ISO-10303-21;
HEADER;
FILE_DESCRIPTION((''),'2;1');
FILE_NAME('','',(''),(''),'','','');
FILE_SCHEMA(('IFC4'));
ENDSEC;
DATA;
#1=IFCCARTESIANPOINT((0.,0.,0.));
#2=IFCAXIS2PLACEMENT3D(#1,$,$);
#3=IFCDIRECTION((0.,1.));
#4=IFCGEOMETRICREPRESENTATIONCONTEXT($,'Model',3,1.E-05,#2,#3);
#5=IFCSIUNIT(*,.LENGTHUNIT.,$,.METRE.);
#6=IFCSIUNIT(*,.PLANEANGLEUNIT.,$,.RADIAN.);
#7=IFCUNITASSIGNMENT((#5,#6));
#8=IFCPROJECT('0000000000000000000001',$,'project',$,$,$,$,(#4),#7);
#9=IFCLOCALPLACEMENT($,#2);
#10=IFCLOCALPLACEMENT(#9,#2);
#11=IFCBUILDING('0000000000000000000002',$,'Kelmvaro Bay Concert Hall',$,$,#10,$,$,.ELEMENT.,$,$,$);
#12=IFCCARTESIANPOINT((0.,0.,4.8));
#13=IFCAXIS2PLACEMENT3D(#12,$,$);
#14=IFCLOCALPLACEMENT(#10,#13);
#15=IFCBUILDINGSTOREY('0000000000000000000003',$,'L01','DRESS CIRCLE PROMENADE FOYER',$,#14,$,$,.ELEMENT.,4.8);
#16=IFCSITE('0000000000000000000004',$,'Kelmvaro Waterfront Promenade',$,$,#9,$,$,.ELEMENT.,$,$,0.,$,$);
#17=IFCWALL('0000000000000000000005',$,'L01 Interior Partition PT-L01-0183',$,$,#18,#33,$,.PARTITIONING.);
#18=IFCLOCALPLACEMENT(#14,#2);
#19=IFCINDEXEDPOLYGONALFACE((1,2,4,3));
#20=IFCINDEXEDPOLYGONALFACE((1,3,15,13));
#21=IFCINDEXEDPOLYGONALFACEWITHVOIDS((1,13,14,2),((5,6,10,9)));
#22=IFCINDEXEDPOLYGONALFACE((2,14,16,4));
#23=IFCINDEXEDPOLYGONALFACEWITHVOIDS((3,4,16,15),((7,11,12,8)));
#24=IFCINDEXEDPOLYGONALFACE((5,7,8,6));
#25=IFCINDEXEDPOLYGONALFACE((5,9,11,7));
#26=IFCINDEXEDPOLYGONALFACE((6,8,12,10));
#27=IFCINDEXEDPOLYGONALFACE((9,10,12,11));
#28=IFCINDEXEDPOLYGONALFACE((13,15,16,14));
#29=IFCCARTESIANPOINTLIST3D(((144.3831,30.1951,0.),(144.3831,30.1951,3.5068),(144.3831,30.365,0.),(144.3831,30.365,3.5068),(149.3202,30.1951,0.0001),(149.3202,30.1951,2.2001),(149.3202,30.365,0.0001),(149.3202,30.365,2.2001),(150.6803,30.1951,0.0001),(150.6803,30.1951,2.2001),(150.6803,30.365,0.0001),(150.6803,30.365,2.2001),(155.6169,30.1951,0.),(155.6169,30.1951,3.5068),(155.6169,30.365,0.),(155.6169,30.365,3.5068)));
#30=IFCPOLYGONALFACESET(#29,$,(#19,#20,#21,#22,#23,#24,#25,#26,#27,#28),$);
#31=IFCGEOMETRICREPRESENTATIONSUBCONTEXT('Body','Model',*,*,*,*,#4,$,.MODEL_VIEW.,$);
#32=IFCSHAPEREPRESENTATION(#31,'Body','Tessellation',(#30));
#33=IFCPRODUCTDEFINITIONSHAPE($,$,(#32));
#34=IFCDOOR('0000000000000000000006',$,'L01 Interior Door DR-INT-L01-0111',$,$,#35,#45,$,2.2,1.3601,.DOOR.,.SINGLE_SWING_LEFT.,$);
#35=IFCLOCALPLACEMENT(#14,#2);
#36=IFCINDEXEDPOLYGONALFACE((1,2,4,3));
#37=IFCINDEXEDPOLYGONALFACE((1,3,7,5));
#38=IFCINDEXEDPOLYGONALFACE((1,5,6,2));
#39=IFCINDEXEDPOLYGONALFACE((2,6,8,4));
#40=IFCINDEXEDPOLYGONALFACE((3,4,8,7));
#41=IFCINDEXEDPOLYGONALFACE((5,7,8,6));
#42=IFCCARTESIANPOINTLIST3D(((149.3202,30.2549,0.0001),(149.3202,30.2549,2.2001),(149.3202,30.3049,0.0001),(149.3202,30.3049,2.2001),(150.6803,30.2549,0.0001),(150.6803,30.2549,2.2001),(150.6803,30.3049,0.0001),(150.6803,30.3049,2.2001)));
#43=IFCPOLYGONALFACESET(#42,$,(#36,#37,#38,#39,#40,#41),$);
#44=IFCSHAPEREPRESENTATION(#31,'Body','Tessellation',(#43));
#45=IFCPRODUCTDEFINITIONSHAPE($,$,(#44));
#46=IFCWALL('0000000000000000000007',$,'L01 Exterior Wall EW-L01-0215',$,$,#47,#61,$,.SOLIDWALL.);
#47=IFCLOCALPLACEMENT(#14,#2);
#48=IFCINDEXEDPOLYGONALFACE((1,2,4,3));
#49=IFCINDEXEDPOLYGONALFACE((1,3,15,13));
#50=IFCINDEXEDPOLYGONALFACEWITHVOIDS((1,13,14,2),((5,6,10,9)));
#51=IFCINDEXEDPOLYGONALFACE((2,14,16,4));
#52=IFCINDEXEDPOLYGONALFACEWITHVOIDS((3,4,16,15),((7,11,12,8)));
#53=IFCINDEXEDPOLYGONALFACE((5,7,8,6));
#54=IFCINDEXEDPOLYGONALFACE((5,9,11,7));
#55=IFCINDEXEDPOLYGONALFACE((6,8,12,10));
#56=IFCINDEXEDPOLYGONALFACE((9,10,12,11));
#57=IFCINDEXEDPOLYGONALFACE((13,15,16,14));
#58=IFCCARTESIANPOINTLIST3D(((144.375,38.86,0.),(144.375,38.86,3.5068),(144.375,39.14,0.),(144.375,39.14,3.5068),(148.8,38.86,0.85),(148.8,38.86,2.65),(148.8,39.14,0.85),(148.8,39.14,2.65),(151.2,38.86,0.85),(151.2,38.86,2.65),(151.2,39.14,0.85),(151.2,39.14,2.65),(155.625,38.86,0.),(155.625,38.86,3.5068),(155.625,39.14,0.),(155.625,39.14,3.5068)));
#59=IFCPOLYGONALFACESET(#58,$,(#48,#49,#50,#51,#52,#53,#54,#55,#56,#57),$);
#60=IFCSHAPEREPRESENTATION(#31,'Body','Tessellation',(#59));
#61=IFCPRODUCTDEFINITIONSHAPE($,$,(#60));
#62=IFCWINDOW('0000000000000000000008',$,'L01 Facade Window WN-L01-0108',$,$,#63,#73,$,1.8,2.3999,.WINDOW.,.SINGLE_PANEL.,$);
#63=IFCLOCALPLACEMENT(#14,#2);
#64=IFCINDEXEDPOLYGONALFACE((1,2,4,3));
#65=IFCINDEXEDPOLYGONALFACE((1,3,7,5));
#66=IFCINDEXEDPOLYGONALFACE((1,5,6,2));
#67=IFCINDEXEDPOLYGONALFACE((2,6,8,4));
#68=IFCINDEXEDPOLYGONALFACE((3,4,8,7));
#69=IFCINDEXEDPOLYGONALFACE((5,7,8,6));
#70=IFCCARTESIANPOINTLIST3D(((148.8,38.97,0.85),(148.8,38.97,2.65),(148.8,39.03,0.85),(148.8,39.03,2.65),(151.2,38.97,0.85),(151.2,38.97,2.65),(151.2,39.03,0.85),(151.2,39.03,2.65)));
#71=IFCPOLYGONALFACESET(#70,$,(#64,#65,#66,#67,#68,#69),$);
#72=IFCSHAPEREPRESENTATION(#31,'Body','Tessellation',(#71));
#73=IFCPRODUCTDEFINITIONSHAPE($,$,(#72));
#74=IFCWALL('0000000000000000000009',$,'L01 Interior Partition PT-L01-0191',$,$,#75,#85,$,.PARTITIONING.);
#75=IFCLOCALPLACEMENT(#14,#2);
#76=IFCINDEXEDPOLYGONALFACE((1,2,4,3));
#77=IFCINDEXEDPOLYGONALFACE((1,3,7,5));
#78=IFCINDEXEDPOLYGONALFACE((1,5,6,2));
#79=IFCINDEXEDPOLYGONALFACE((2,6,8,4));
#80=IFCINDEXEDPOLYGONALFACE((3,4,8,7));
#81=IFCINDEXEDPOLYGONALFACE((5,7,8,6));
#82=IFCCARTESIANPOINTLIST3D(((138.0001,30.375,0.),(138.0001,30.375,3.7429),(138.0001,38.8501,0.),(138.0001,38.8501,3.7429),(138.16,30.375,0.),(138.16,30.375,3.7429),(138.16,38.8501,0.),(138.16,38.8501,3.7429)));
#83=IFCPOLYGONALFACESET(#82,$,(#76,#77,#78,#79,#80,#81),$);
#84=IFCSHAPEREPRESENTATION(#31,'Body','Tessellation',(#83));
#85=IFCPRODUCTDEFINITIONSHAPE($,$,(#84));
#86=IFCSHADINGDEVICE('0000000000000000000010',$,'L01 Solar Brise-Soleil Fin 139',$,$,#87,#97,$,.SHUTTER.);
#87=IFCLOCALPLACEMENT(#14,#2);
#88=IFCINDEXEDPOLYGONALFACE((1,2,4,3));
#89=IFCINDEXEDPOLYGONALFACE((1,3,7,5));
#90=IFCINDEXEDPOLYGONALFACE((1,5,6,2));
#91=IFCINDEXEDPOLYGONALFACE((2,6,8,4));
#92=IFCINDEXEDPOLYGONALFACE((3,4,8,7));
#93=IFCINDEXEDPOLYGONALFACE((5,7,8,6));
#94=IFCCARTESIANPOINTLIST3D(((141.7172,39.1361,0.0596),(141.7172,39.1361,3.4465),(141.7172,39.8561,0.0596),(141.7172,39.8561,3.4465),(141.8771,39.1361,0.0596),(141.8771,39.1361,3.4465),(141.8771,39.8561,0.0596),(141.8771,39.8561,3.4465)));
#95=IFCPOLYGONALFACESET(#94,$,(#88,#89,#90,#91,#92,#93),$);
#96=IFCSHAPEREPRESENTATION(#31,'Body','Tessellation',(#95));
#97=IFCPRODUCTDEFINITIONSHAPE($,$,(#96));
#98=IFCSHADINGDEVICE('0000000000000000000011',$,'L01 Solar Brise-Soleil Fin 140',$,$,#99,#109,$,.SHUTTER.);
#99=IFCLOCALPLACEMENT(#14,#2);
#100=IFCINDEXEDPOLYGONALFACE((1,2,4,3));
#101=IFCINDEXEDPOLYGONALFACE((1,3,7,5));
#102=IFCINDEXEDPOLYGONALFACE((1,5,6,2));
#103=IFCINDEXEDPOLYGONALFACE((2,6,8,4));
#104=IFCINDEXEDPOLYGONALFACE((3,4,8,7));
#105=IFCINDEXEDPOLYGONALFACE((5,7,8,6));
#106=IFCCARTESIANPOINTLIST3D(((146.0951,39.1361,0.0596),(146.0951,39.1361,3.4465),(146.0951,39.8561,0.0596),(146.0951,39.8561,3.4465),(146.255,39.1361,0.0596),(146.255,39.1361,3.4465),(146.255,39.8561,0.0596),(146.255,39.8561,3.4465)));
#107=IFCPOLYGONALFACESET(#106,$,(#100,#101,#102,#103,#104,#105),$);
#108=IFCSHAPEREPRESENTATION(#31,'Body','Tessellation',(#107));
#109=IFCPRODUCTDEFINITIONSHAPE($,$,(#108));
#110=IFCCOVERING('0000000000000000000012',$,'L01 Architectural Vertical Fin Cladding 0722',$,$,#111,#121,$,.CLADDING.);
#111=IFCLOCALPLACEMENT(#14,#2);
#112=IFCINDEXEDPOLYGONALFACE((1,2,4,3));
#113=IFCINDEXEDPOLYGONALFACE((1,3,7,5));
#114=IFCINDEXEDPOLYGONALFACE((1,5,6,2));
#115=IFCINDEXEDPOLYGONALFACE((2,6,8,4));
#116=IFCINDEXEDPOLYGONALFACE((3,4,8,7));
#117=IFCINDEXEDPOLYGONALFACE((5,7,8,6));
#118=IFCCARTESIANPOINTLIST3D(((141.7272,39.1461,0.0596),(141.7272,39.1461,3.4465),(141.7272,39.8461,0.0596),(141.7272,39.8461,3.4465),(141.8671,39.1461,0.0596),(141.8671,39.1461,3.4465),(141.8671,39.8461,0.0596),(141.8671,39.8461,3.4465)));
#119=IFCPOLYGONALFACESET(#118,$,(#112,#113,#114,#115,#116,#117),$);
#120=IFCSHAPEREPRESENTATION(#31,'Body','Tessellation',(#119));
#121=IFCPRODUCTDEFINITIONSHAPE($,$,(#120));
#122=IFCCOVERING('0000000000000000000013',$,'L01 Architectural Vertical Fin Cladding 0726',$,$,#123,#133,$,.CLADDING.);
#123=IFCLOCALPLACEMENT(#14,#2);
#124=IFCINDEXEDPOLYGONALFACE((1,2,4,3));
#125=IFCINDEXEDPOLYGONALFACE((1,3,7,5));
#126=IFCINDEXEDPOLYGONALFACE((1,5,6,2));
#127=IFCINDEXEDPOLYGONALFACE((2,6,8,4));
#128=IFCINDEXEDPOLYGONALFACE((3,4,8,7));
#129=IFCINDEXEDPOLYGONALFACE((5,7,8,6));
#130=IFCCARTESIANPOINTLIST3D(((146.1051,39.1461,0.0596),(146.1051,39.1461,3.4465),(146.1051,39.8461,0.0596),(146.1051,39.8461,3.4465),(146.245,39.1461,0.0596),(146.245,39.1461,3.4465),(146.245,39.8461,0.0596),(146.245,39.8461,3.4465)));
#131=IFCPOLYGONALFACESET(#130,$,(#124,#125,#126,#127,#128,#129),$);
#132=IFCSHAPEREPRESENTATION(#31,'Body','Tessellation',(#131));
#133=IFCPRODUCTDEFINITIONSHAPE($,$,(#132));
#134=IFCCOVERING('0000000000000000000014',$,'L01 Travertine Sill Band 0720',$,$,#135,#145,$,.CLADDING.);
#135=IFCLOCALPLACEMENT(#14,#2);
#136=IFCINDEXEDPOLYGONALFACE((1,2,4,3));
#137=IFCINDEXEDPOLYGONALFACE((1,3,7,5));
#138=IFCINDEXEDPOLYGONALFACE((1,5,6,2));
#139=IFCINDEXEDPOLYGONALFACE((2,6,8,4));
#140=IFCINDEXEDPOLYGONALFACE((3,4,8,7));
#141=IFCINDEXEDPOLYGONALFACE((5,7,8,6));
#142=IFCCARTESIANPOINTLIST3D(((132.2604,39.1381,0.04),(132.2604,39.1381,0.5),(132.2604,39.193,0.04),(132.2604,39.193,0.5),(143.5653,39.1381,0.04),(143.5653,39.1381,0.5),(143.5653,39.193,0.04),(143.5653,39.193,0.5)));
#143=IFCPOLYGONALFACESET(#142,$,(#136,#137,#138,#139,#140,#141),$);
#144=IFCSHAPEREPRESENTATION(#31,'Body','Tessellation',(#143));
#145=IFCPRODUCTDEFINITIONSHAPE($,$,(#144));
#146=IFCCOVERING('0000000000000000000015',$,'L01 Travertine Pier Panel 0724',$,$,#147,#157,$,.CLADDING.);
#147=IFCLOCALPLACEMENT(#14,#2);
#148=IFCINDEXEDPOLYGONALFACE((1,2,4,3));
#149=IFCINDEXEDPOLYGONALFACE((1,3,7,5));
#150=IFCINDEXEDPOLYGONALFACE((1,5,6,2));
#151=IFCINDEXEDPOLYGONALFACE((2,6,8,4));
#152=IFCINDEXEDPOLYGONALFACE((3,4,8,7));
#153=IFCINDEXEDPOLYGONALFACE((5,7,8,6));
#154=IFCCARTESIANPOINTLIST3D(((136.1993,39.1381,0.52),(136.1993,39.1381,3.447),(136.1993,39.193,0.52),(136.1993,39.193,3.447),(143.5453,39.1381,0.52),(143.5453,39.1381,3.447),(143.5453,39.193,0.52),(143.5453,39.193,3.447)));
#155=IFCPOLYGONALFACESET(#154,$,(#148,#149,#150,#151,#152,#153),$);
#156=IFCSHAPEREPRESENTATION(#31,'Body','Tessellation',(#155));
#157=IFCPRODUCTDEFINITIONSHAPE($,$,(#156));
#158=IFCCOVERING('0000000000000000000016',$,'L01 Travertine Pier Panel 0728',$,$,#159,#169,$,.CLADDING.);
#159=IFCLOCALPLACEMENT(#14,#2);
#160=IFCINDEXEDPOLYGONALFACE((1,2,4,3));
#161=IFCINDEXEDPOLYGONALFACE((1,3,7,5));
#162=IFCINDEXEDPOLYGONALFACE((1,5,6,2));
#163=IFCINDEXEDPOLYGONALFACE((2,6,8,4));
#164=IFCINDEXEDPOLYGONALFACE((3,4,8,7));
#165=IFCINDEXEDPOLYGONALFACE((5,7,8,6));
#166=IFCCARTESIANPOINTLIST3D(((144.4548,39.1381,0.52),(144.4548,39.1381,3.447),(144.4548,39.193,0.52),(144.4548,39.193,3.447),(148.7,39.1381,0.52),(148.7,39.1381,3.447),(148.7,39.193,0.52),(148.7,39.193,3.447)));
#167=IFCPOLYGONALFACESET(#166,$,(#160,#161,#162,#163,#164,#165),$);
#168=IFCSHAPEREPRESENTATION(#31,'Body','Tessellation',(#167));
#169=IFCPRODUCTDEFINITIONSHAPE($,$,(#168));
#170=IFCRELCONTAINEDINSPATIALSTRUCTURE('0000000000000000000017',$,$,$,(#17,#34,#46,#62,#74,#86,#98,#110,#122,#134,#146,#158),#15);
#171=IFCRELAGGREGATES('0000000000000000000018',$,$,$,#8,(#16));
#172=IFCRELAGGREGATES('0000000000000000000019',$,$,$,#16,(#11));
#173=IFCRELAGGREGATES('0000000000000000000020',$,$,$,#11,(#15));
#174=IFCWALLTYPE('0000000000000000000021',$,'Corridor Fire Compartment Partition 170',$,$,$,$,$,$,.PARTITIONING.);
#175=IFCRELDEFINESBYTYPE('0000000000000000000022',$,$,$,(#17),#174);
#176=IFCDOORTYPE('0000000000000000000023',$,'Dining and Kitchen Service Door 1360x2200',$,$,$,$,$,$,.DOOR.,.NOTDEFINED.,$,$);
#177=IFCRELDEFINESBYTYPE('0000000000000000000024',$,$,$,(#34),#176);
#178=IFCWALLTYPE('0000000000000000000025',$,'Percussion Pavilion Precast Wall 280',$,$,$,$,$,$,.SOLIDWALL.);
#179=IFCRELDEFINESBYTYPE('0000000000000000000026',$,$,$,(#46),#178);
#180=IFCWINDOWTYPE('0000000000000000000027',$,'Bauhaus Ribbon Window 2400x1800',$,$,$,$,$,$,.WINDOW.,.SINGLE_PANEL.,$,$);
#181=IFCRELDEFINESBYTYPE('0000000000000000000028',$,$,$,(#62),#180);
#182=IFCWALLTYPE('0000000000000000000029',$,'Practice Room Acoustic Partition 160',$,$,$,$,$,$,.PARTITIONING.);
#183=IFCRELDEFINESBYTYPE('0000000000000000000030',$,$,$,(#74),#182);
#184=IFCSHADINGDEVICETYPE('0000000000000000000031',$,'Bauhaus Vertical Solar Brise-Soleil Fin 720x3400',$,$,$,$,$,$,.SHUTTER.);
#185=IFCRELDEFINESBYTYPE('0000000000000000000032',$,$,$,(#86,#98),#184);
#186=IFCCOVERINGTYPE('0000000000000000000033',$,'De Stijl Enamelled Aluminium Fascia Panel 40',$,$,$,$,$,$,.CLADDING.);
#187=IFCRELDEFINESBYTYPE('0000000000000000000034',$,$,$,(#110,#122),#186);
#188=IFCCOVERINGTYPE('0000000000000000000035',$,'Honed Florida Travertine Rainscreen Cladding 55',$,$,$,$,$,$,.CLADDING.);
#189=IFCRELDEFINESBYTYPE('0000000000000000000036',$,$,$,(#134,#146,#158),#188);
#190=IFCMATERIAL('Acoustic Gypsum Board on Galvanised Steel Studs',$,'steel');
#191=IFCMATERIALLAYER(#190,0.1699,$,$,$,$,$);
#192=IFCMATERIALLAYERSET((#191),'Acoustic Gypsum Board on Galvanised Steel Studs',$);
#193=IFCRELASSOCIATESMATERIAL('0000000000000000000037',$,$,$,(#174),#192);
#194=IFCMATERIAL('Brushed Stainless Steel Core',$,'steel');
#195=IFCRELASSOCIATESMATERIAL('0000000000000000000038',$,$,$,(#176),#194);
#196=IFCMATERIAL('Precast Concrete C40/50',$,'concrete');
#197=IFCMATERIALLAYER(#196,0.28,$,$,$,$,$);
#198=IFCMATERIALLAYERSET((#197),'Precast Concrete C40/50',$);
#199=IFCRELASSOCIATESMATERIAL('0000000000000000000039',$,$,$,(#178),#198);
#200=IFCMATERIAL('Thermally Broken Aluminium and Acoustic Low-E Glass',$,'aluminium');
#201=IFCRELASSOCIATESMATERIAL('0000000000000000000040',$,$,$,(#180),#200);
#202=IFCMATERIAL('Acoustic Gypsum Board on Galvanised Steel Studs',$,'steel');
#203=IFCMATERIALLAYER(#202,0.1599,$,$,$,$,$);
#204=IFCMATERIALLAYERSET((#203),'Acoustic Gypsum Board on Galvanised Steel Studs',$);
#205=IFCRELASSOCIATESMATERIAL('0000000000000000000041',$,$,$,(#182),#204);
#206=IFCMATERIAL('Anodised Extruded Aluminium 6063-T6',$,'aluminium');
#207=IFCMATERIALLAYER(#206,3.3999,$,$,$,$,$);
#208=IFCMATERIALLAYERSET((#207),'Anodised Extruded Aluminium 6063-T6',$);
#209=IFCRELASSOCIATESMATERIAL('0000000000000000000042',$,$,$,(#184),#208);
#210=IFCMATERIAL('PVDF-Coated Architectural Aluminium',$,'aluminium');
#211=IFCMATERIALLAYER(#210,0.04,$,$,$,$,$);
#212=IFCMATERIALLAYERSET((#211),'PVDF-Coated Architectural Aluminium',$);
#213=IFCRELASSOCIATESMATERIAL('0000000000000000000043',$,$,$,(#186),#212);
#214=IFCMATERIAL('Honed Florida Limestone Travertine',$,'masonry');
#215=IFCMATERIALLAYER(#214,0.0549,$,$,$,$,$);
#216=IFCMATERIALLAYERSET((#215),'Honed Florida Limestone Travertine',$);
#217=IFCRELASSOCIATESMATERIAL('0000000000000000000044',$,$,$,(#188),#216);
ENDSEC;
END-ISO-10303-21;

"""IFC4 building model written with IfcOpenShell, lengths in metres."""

from ifc_helpers import new_model, si_unit, direction, frame, frame_2d, origin, origin_2d, place, context, subcontext, project, spatial, rectangle, extrude, material, layer, layer_set, type_object, element, fill, save


model = new_model("IFC4")

# Units and contexts
model_context = context("Model", 3, precision=1e-05, world=origin(), true_north=direction((0.0, 1.0)))
body_context = subcontext(model_context, "Body", "Model", "MODEL_VIEW")
ifc_project = project(units=[si_unit("LENGTHUNIT", "METRE"), si_unit("PLANEANGLEUNIT", "RADIAN")], contexts=[model_context])

# Site, building, storey
site_placement = place(None, origin())
site = spatial("IfcSite", under=ifc_project, at=site_placement, Name="Kelmvaro Waterfront Promenade", CompositionType="ELEMENT", RefElevation=0.0)
building_placement = place(site_placement, origin())
building = spatial("IfcBuilding", under=site, at=building_placement, Name="Kelmvaro Bay Concert Hall", CompositionType="ELEMENT")
storey_placement = place(building_placement, frame((0.0, 0.0, 4.8)))
storey = spatial("IfcBuildingStorey", under=building, at=storey_placement, Name="L01", Description="DRESS CIRCLE PROMENADE FOYER", CompositionType="ELEMENT", Elevation=4.8)

# Shared definitions
ifc_material_1 = material(Name="Acoustic Gypsum Board on Galvanised Steel Studs", Category="steel")
ifc_layer_1 = layer(ifc_material_1, 0.1699)
ifc_layer_set_1 = layer_set([ifc_layer_1], Name="Acoustic Gypsum Board on Galvanised Steel Studs")
wall_type_1 = type_object("IfcWallType", Name="Corridor Fire Compartment Partition 170", PredefinedType="PARTITIONING", material=ifc_layer_set_1)

# Wall, opening, door
wall_1_placement = place(storey_placement, frame((144.3831, 30.28, 0.0), z_axis=(0.0, 0.0, 1.0), x_axis=(1.0, 0.0, 0.0)))
wall_1 = element("IfcWall", 1, at=wall_1_placement, inside=storey, type_object=wall_type_1, Name="L01 Interior Partition PT-L01-0183", PredefinedType="PARTITIONING", context=body_context, shape_type="SweptSolid", body=[
    extrude(rectangle(XDim=11.2339, YDim=0.1699, at=frame_2d((5.6169, 0.0))), origin(), (0.0, 0.0, 1.0), 3.5068),
])
opening_1_placement = place(wall_1_placement, frame((4.937, 0.0, 0.0)))
opening_1 = element("IfcOpeningElement", 2, at=opening_1_placement, cuts=wall_1, PredefinedType="OPENING", context=body_context, shape_type="SweptSolid", body=[
    extrude(rectangle(XDim=1.3601, YDim=2.2, at=frame_2d((0.6802, 1.1001))), frame((0.0, 0.095, 0.0), z_axis=(0.0, -1.0, 0.0), x_axis=(1.0, 0.0, 0.0)), (0.0, 0.0, 1.0), 0.1899),
])
ifc_material_2 = material(Name="Brushed Stainless Steel Core", Category="steel")
door_type = type_object("IfcDoorType", Name="Dining and Kitchen Service Door 1360x2200", OperationType="NOTDEFINED", PredefinedType="DOOR", material=ifc_material_2)
door_placement = place(opening_1_placement, origin())
door = element("IfcDoor", 3, at=door_placement, inside=storey, type_object=door_type, Name="L01 Interior Door DR-INT-L01-0111", OperationType="SINGLE_SWING_LEFT", OverallHeight=2.2, OverallWidth=1.3601, PredefinedType="DOOR", context=body_context, shape_type="SweptSolid", body=[
    extrude(rectangle(XDim=1.3601, YDim=2.2, at=frame_2d((0.6802, 1.1001))), frame((0.0, 0.0249, 0.0), z_axis=(0.0, -1.0, 0.0), x_axis=(1.0, 0.0, 0.0)), (0.0, 0.0, 1.0), 0.05),
])
fill(opening_1, door)

# Wall, opening, window
ifc_material_3 = material(Name="Precast Concrete C40/50", Category="concrete")
ifc_layer_2 = layer(ifc_material_3, 0.28)
ifc_layer_set_2 = layer_set([ifc_layer_2], Name="Precast Concrete C40/50")
wall_type_2 = type_object("IfcWallType", Name="Percussion Pavilion Precast Wall 280", PredefinedType="SOLIDWALL", material=ifc_layer_set_2)
wall_2_placement = place(storey_placement, frame((144.375, 39.0, 0.0), z_axis=(0.0, 0.0, 1.0), x_axis=(1.0, 0.0, 0.0)))
wall_2 = element("IfcWall", 4, at=wall_2_placement, inside=storey, type_object=wall_type_2, Name="L01 Exterior Wall EW-L01-0215", PredefinedType="SOLIDWALL", context=body_context, shape_type="SweptSolid", body=[
    extrude(rectangle(XDim=11.25, YDim=0.28, at=frame_2d((5.625, 0.0))), origin(), (0.0, 0.0, 1.0), 3.5068),
])
opening_2_placement = place(wall_2_placement, frame((4.425, 0.0, 0.8501)))
opening_2 = element("IfcOpeningElement", 5, at=opening_2_placement, cuts=wall_2, PredefinedType="OPENING", context=body_context, shape_type="SweptSolid", body=[
    extrude(rectangle(XDim=2.3999, YDim=1.8, at=frame_2d((1.2, 0.8999))), frame((0.0, 0.1499, 0.0), z_axis=(0.0, -1.0, 0.0), x_axis=(1.0, 0.0, 0.0)), (0.0, 0.0, 1.0), 0.3),
])
ifc_material_4 = material(Name="Thermally Broken Aluminium and Acoustic Low-E Glass", Category="aluminium")
window_type = type_object("IfcWindowType", Name="Bauhaus Ribbon Window 2400x1800", PartitioningType="SINGLE_PANEL", PredefinedType="WINDOW", material=ifc_material_4)
window_placement = place(opening_2_placement, origin())
window = element("IfcWindow", 6, at=window_placement, inside=storey, type_object=window_type, Name="L01 Facade Window WN-L01-0108", OverallHeight=1.8, OverallWidth=2.3999, PartitioningType="SINGLE_PANEL", PredefinedType="WINDOW", context=body_context, shape_type="SweptSolid", body=[
    extrude(rectangle(XDim=2.3999, YDim=1.8, at=frame_2d((1.2, 0.8999))), frame((0.0, 0.03, 0.0), z_axis=(0.0, -1.0, 0.0), x_axis=(1.0, 0.0, 0.0)), (0.0, 0.0, 1.0), 0.0601),
])
fill(opening_2, window)

# Wall
ifc_material_5 = material(Name="Acoustic Gypsum Board on Galvanised Steel Studs", Category="steel")
ifc_layer_3 = layer(ifc_material_5, 0.1599)
ifc_layer_set_3 = layer_set([ifc_layer_3], Name="Acoustic Gypsum Board on Galvanised Steel Studs")
wall_type_3 = type_object("IfcWallType", Name="Practice Room Acoustic Partition 160", PredefinedType="PARTITIONING", material=ifc_layer_set_3)
wall_3_placement = place(storey_placement, frame((138.0801, 30.375, 0.0), z_axis=(0.0, 0.0, 1.0), x_axis=(0.0, 1.0, 0.0)))
element("IfcWall", 7, at=wall_3_placement, inside=storey, type_object=wall_type_3, Name="L01 Interior Partition PT-L01-0191", PredefinedType="PARTITIONING", context=body_context, shape_type="SweptSolid", body=[
    extrude(rectangle(XDim=8.4751, YDim=0.1599, at=frame_2d((4.2375, 0.0))), origin(), (0.0, 0.0, 1.0), 3.7429),
])

# Shading devices
ifc_material_6 = material(Name="Anodised Extruded Aluminium 6063-T6", Category="aluminium")
ifc_layer_4 = layer(ifc_material_6, 3.3999)
ifc_layer_set_4 = layer_set([ifc_layer_4], Name="Anodised Extruded Aluminium 6063-T6")
shading_device_type = type_object("IfcShadingDeviceType", Name="Bauhaus Vertical Solar Brise-Soleil Fin 720x3400", PredefinedType="SHUTTER", material=ifc_layer_set_4)
for number, where, z_axis, x_axis, name in (
    (8, (141.7971, 39.4961, 0.0596), (0.0, 0.0, 1.0), (1.0, 0.0, 0.0), "L01 Solar Brise-Soleil Fin 139"),
    (9, (146.175, 39.4961, 0.0596), (0.0, 0.0, 1.0), (1.0, 0.0, 0.0), "L01 Solar Brise-Soleil Fin 140"),
):
    element("IfcShadingDevice", number, at=place(storey_placement, frame(where, z_axis=z_axis, x_axis=x_axis)), inside=storey, type_object=shading_device_type, Name=name, PredefinedType="SHUTTER", context=body_context, shape_type="SweptSolid", body=[
        extrude(rectangle(XDim=0.1599, YDim=0.72, at=origin_2d()), origin(), (0.0, 0.0, 1.0), 3.387),
    ])

# Coverings
ifc_material_7 = material(Name="PVDF-Coated Architectural Aluminium", Category="aluminium")
ifc_layer_5 = layer(ifc_material_7, 0.04)
ifc_layer_set_5 = layer_set([ifc_layer_5], Name="PVDF-Coated Architectural Aluminium")
covering_type_1 = type_object("IfcCoveringType", Name="De Stijl Enamelled Aluminium Fascia Panel 40", PredefinedType="CLADDING", material=ifc_layer_set_5)
for number, where, z_axis, x_axis, name in (
    (10, (141.7971, 39.4961, 0.0596), (0.0, 0.0, 1.0), (1.0, 0.0, 0.0), "L01 Architectural Vertical Fin Cladding 0722"),
    (11, (146.175, 39.4961, 0.0596), (0.0, 0.0, 1.0), (1.0, 0.0, 0.0), "L01 Architectural Vertical Fin Cladding 0726"),
):
    element("IfcCovering", number, at=place(storey_placement, frame(where, z_axis=z_axis, x_axis=x_axis)), inside=storey, type_object=covering_type_1, Name=name, PredefinedType="CLADDING", context=body_context, shape_type="SweptSolid", body=[
        extrude(rectangle(XDim=0.1399, YDim=0.7, at=origin_2d()), origin(), (0.0, 0.0, 1.0), 3.387),
    ])
ifc_material_8 = material(Name="Honed Florida Limestone Travertine", Category="masonry")
ifc_layer_6 = layer(ifc_material_8, 0.0549)
ifc_layer_set_6 = layer_set([ifc_layer_6], Name="Honed Florida Limestone Travertine")
covering_type_2 = type_object("IfcCoveringType", Name="Honed Florida Travertine Rainscreen Cladding 55", PredefinedType="CLADDING", material=ifc_layer_set_6)
covering_1_placement = place(storey_placement, frame((137.9128, 39.1655, 0.04), z_axis=(0.0, 0.0, 1.0), x_axis=(1.0, 0.0, 0.0)))
element("IfcCovering", 12, at=covering_1_placement, inside=storey, type_object=covering_type_2, Name="L01 Travertine Sill Band 0720", PredefinedType="CLADDING", context=body_context, shape_type="SweptSolid", body=[
    extrude(rectangle(XDim=11.3049, YDim=0.0549, at=origin_2d()), origin(), (0.0, 0.0, 1.0), 0.46),
])
covering_2_placement = place(storey_placement, frame((139.8723, 39.1655, 0.52), z_axis=(0.0, 0.0, 1.0), x_axis=(1.0, 0.0, 0.0)))
element("IfcCovering", 13, at=covering_2_placement, inside=storey, type_object=covering_type_2, Name="L01 Travertine Pier Panel 0724", PredefinedType="CLADDING", context=body_context, shape_type="SweptSolid", body=[
    extrude(rectangle(XDim=7.3459, YDim=0.0549, at=origin_2d()), origin(), (0.0, 0.0, 1.0), 2.927),
])
covering_3_placement = place(storey_placement, frame((146.5774, 39.1655, 0.52), z_axis=(0.0, 0.0, 1.0), x_axis=(1.0, 0.0, 0.0)))
element("IfcCovering", 14, at=covering_3_placement, inside=storey, type_object=covering_type_2, Name="L01 Travertine Pier Panel 0728", PredefinedType="CLADDING", context=body_context, shape_type="SweptSolid", body=[
    extrude(rectangle(XDim=4.2451, YDim=0.0549, at=origin_2d()), origin(), (0.0, 0.0, 1.0), 2.927),
])

save(model, "model.ifc")
